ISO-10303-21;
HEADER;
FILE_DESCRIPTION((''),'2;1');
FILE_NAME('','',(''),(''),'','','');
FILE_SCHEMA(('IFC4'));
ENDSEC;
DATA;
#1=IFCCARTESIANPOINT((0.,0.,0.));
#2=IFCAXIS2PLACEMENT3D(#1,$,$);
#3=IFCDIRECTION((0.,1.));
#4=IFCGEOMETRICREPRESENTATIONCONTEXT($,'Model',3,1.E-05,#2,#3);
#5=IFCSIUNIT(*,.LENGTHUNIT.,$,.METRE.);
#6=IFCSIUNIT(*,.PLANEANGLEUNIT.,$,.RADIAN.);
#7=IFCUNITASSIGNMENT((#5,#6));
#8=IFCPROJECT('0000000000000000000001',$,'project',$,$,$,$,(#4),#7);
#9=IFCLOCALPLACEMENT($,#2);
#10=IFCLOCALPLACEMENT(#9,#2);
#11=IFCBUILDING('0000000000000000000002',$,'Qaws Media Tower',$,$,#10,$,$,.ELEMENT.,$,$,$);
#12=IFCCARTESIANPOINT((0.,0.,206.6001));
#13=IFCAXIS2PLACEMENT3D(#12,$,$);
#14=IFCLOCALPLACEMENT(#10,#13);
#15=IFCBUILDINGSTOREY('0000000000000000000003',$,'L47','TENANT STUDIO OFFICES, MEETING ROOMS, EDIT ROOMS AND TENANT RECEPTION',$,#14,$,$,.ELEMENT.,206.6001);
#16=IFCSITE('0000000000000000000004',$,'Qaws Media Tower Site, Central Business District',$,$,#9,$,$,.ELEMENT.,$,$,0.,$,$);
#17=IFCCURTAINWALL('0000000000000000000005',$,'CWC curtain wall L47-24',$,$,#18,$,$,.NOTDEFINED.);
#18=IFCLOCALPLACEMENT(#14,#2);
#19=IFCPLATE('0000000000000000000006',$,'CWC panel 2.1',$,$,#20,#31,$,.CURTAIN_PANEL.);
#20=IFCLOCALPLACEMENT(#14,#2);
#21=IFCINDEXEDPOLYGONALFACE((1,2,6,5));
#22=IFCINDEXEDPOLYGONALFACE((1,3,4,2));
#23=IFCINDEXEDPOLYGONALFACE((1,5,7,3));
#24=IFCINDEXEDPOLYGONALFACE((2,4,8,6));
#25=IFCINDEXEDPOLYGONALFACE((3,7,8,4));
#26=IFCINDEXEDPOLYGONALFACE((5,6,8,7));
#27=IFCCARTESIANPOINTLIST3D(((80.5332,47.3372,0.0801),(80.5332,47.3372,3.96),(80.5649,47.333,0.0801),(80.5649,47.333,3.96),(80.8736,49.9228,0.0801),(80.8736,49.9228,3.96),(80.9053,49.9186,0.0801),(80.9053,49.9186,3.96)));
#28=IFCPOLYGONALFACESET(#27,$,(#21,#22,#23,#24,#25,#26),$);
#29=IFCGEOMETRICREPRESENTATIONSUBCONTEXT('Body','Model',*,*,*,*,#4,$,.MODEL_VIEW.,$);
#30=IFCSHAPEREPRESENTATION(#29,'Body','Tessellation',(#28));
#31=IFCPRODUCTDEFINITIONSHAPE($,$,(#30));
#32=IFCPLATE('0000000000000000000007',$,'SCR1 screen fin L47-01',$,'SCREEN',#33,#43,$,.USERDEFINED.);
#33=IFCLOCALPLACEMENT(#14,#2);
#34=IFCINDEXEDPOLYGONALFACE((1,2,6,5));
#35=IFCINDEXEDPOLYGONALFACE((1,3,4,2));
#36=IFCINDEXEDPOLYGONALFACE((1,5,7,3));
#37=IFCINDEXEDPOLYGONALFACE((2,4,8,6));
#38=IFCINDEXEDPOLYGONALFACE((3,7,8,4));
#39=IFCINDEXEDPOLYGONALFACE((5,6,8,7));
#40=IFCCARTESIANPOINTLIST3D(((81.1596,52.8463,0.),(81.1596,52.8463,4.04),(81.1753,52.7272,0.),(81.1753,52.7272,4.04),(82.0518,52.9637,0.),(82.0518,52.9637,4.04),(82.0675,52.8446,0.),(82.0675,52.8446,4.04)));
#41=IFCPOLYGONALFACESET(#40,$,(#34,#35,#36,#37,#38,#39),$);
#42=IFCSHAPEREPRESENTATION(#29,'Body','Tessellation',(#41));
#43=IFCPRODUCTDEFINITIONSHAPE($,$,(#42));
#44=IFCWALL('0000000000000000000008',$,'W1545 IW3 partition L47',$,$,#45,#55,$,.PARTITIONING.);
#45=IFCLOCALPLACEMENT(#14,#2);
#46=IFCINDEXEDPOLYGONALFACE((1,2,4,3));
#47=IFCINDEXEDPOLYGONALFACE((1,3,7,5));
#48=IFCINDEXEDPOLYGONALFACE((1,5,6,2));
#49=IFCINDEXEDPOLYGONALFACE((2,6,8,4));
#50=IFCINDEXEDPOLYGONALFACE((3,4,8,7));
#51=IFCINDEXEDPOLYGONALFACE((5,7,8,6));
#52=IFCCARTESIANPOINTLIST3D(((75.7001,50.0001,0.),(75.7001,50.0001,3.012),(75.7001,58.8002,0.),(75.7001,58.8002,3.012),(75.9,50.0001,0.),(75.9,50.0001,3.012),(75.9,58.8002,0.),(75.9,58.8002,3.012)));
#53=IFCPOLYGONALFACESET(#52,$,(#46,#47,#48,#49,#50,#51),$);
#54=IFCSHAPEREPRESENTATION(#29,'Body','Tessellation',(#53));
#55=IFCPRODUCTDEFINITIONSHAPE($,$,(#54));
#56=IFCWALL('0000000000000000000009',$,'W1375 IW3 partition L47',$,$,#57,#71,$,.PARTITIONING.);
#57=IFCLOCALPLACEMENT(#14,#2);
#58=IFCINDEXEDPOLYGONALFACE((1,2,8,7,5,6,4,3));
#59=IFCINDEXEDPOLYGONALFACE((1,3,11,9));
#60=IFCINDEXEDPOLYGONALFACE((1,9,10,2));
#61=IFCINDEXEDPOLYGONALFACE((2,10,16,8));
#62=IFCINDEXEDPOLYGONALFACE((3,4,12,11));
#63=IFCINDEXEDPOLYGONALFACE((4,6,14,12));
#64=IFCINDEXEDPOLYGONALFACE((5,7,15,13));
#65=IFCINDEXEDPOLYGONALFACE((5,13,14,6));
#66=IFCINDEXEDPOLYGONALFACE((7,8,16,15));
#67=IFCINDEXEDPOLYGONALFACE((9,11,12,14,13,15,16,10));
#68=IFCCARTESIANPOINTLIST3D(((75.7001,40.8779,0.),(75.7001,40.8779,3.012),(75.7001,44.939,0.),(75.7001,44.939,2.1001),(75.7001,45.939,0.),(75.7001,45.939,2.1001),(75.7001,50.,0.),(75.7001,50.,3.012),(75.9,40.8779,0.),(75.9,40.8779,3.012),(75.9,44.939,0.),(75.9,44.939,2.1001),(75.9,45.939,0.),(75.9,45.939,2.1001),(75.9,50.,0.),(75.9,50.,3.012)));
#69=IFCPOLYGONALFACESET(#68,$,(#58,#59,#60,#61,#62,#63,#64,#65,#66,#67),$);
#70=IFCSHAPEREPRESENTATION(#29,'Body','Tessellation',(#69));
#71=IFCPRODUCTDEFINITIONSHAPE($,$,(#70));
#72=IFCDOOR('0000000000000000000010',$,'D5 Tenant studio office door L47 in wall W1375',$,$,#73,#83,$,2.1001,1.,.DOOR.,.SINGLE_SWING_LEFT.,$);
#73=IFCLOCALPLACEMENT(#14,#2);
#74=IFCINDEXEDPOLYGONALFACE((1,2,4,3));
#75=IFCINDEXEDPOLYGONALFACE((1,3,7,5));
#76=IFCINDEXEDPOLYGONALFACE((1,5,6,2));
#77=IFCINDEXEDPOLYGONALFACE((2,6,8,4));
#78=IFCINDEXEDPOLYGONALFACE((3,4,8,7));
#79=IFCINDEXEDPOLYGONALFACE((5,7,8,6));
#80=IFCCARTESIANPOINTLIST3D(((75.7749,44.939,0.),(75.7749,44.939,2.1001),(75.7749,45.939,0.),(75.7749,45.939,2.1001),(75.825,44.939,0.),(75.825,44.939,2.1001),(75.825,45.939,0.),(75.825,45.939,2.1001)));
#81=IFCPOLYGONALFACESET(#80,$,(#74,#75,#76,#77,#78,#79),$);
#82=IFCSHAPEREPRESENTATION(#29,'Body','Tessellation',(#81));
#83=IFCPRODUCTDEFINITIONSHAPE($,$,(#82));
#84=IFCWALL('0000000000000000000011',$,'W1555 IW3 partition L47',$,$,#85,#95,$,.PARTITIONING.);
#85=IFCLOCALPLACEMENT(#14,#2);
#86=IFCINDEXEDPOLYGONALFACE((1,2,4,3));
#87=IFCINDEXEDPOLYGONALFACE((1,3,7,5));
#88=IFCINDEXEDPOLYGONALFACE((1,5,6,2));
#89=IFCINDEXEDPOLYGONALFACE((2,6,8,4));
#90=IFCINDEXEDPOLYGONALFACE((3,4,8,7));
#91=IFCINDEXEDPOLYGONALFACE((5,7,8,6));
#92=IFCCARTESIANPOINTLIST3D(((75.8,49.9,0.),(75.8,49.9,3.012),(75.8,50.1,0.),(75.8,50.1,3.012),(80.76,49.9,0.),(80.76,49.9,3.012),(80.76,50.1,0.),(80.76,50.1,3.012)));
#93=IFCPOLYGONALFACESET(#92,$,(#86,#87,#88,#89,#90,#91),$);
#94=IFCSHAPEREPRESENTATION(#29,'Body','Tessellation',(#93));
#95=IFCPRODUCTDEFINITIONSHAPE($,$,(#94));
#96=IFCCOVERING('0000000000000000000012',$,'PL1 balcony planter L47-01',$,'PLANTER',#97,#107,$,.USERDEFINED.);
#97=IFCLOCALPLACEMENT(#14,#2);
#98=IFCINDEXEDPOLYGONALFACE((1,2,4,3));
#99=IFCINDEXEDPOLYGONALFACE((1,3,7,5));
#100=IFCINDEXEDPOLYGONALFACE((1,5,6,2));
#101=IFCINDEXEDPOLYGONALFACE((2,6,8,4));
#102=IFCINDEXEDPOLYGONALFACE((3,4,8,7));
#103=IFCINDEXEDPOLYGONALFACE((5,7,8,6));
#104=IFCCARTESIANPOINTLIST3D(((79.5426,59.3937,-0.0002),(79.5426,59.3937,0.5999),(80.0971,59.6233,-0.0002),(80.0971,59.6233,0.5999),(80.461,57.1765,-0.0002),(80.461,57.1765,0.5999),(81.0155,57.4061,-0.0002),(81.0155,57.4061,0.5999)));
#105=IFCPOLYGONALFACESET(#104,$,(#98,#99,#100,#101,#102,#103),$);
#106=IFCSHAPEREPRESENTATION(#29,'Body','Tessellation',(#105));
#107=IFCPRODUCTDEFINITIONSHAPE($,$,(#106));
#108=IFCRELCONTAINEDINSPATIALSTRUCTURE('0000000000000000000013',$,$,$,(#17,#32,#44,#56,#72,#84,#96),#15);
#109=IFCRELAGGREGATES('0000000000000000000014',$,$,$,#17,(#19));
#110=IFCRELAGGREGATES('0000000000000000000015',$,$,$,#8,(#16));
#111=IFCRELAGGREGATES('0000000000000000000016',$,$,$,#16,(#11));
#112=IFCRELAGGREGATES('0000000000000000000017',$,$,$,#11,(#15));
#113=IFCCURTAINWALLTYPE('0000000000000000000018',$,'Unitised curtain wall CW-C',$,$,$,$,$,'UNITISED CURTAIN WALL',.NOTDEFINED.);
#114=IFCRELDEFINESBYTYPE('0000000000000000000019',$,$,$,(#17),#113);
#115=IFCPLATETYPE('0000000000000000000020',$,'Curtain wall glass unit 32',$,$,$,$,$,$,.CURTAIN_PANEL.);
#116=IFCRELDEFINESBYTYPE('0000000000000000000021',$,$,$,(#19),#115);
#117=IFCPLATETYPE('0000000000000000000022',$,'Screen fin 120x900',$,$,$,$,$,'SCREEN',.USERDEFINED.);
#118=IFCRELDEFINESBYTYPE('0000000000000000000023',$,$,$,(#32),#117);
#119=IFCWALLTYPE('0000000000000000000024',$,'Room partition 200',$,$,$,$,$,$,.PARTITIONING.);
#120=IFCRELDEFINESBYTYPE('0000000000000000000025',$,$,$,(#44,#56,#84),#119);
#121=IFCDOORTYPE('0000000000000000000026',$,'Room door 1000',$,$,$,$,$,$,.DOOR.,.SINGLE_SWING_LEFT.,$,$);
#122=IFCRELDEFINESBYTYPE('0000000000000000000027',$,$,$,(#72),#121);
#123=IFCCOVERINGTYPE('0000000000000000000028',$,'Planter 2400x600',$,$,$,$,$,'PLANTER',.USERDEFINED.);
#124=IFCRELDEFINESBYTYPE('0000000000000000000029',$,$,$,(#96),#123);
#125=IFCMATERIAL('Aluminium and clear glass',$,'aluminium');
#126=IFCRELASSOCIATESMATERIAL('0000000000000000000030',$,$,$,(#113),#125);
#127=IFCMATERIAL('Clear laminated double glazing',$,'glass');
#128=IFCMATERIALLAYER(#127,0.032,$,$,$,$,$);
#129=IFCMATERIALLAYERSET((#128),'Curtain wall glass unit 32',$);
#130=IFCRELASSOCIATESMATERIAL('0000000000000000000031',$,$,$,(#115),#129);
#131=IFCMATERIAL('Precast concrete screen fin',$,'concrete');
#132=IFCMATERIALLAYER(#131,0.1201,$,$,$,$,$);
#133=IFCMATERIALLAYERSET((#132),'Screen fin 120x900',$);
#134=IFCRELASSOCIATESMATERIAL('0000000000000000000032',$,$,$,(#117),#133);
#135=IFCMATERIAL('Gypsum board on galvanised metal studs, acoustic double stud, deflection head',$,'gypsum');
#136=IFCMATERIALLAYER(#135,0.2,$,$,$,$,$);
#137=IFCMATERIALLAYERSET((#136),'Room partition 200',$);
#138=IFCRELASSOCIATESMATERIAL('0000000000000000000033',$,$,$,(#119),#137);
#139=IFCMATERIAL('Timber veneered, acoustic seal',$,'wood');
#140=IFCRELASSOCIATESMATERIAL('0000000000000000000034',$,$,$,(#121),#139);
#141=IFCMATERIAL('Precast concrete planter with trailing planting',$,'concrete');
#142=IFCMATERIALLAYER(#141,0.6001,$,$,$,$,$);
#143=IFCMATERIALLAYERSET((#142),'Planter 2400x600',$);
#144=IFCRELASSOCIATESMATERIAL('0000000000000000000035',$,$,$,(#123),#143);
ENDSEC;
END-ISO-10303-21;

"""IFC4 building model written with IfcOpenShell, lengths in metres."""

from ifc_helpers import new_model, si_unit, direction, frame, frame_2d, origin, origin_2d, place, context, subcontext, project, spatial, rectangle, extrude, material, layer, layer_set, type_object, element, fill, aggregate, save


model = new_model("IFC4")

# Units and contexts
model_context = context("Model", 3, precision=1e-05, world=origin(), true_north=direction((0.0, 1.0)))
body_context = subcontext(model_context, "Body", "Model", "MODEL_VIEW")
ifc_project = project(units=[si_unit("LENGTHUNIT", "METRE"), si_unit("PLANEANGLEUNIT", "RADIAN")], contexts=[model_context])

# Site, building, storey
site_placement = place(None, origin())
site = spatial("IfcSite", under=ifc_project, at=site_placement, Name="Qaws Media Tower Site, Central Business District", CompositionType="ELEMENT", RefElevation=0.0)
building_placement = place(site_placement, origin())
building = spatial("IfcBuilding", under=site, at=building_placement, Name="Qaws Media Tower", CompositionType="ELEMENT")
storey_placement = place(building_placement, frame((0.0, 0.0, 206.6001)))
storey = spatial("IfcBuildingStorey", under=building, at=storey_placement, Name="L47", Description="TENANT STUDIO OFFICES, MEETING ROOMS, EDIT ROOMS AND TENANT RECEPTION", CompositionType="ELEMENT", Elevation=206.6001)

# Shared definitions
ifc_material_1 = material(Name="Aluminium and clear glass", Category="aluminium")
curtain_wall_type = type_object("IfcCurtainWallType", Name="Unitised curtain wall CW-C", ElementType="UNITISED CURTAIN WALL", PredefinedType="NOTDEFINED", material=ifc_material_1)

# Curtain wall
curtain_wall_1_placement = place(storey_placement, origin())
curtain_wall_1 = element("IfcCurtainWall", 1, at=curtain_wall_1_placement, inside=storey, type_object=curtain_wall_type, Name="CWC curtain wall L47-24", PredefinedType="NOTDEFINED")

# Plates
ifc_material_2 = material(Name="Clear laminated double glazing", Category="glass")
ifc_layer_1 = layer(ifc_material_2, 0.032)
ifc_layer_set_1 = layer_set([ifc_layer_1], Name="Curtain wall glass unit 32")
plate_type_1 = type_object("IfcPlateType", Name="Curtain wall glass unit 32", PredefinedType="CURTAIN_PANEL", material=ifc_layer_set_1)
plate_1_placement = place(storey_placement, frame((80.7192, 48.6279, 0.0801), z_axis=(0.0, 0.0, 1.0), x_axis=(0.130526, 0.991445, 0.0)))
plate_1 = element("IfcPlate", 2, at=plate_1_placement, type_object=plate_type_1, Name="CWC panel 2.1", PredefinedType="CURTAIN_PANEL", context=body_context, shape_type="SweptSolid", body=[
    extrude(rectangle(XDim=2.6079, YDim=0.032, at=origin_2d()), origin(), (0.0, 0.0, 1.0), 3.8799),
])
aggregate(curtain_wall_1, [plate_1])
ifc_material_3 = material(Name="Precast concrete screen fin", Category="concrete")
ifc_layer_2 = layer(ifc_material_3, 0.1201)
ifc_layer_set_2 = layer_set([ifc_layer_2], Name="Screen fin 120x900")
plate_type_2 = type_object("IfcPlateType", Name="Screen fin 120x900", ElementType="SCREEN", PredefinedType="USERDEFINED", material=ifc_layer_set_2)
plate_2_placement = place(storey_placement, frame((81.6135, 52.8455, 0.0), z_axis=(0.0, 0.0, 1.0), x_axis=(0.991445, 0.130526, 0.0)))
element("IfcPlate", 3, at=plate_2_placement, inside=storey, type_object=plate_type_2, Name="SCR1 screen fin L47-01", ObjectType="SCREEN", PredefinedType="USERDEFINED", context=body_context, shape_type="SweptSolid", body=[
    extrude(rectangle(XDim=0.8999, YDim=0.1201, at=origin_2d()), origin(), (0.0, 0.0, 1.0), 4.04),
])

# Wall
ifc_material_4 = material(Name="Gypsum board on galvanised metal studs, acoustic double stud, deflection head", Category="gypsum")
ifc_layer_3 = layer(ifc_material_4, 0.2)
ifc_layer_set_3 = layer_set([ifc_layer_3], Name="Room partition 200")
wall_type_1 = type_object("IfcWallType", Name="Room partition 200", PredefinedType="PARTITIONING", material=ifc_layer_set_3)
wall_1_placement = place(storey_placement, frame((75.8, 58.8, 0.0), z_axis=(0.0, 0.0, 1.0), x_axis=(0.0, -1.0, 0.0)))
element("IfcWall", 4, at=wall_1_placement, inside=storey, type_object=wall_type_1, Name="W1545 IW3 partition L47", PredefinedType="PARTITIONING", context=body_context, shape_type="SweptSolid", body=[
    extrude(rectangle(XDim=8.8, YDim=0.2, at=frame_2d((4.3999, 0.0))), origin(), (0.0, 0.0, 1.0), 3.012),
])

# Wall, opening, door
wall_2_placement = place(storey_placement, frame((75.8, 50.0, 0.0), z_axis=(0.0, 0.0, 1.0), x_axis=(0.0, -1.0, 0.0)))
wall_2 = element("IfcWall", 5, at=wall_2_placement, inside=storey, type_object=wall_type_1, Name="W1375 IW3 partition L47", PredefinedType="PARTITIONING", context=body_context, shape_type="SweptSolid", body=[
    extrude(rectangle(XDim=9.1221, YDim=0.2, at=frame_2d((4.561, 0.0))), origin(), (0.0, 0.0, 1.0), 3.012),
])
opening_1_placement = place(wall_2_placement, frame((4.061, 0.0, 0.0)))
opening_1 = element("IfcOpeningElement", 6, at=opening_1_placement, cuts=wall_2, PredefinedType="OPENING", context=body_context, shape_type="SweptSolid", body=[
    extrude(rectangle(XDim=1.0, YDim=2.1001, at=frame_2d((0.5, 1.05))), frame((0.0, 0.1099, 0.0), z_axis=(0.0, -1.0, 0.0), x_axis=(1.0, 0.0, 0.0)), (0.0, 0.0, 1.0), 0.22),
])
ifc_material_5 = material(Name="Timber veneered, acoustic seal", Category="wood")
door_type_1 = type_object("IfcDoorType", Name="Room door 1000", OperationType="SINGLE_SWING_LEFT", PredefinedType="DOOR", material=ifc_material_5)
door_1_placement = place(opening_1_placement, origin())
door_1 = element("IfcDoor", 7, at=door_1_placement, inside=storey, type_object=door_type_1, Name="D5 Tenant studio office door L47 in wall W1375", OperationType="SINGLE_SWING_LEFT", OverallHeight=2.1001, OverallWidth=1.0, PredefinedType="DOOR", context=body_context, shape_type="SweptSolid", body=[
    extrude(rectangle(XDim=1.0, YDim=2.1001, at=frame_2d((0.5, 1.05))), frame((0.0, 0.0249, 0.0), z_axis=(0.0, -1.0, 0.0), x_axis=(1.0, 0.0, 0.0)), (0.0, 0.0, 1.0), 0.05),
])
fill(opening_1, door_1)

# Wall
wall_3_placement = place(storey_placement, frame((75.8, 50.0, 0.0), z_axis=(0.0, 0.0, 1.0), x_axis=(1.0, 0.0, 0.0)))
element("IfcWall", 8, at=wall_3_placement, inside=storey, type_object=wall_type_1, Name="W1555 IW3 partition L47", PredefinedType="PARTITIONING", context=body_context, shape_type="SweptSolid", body=[
    extrude(rectangle(XDim=4.96, YDim=0.2, at=frame_2d((2.48, 0.0))), origin(), (0.0, 0.0, 1.0), 3.012),
])

# Covering
ifc_material_6 = material(Name="Precast concrete planter with trailing planting", Category="concrete")
ifc_layer_4 = layer(ifc_material_6, 0.6001)
ifc_layer_set_4 = layer_set([ifc_layer_4], Name="Planter 2400x600")
covering_type = type_object("IfcCoveringType", Name="Planter 2400x600", ElementType="PLANTER", PredefinedType="USERDEFINED", material=ifc_layer_set_4)
covering_placement = place(storey_placement, frame((80.2791, 58.3999, -0.0002), z_axis=(0.0, 0.0, 1.0), x_axis=(-0.382683, 0.92388, 0.0)))
element("IfcCovering", 9, at=covering_placement, inside=storey, type_object=covering_type, Name="PL1 balcony planter L47-01", ObjectType="PLANTER", PredefinedType="USERDEFINED", context=body_context, shape_type="SweptSolid", body=[
    extrude(rectangle(XDim=2.3999, YDim=0.6001, at=origin_2d()), origin(), (0.0, 0.0, 1.0), 0.6001),
])

save(model, "model.ifc")
